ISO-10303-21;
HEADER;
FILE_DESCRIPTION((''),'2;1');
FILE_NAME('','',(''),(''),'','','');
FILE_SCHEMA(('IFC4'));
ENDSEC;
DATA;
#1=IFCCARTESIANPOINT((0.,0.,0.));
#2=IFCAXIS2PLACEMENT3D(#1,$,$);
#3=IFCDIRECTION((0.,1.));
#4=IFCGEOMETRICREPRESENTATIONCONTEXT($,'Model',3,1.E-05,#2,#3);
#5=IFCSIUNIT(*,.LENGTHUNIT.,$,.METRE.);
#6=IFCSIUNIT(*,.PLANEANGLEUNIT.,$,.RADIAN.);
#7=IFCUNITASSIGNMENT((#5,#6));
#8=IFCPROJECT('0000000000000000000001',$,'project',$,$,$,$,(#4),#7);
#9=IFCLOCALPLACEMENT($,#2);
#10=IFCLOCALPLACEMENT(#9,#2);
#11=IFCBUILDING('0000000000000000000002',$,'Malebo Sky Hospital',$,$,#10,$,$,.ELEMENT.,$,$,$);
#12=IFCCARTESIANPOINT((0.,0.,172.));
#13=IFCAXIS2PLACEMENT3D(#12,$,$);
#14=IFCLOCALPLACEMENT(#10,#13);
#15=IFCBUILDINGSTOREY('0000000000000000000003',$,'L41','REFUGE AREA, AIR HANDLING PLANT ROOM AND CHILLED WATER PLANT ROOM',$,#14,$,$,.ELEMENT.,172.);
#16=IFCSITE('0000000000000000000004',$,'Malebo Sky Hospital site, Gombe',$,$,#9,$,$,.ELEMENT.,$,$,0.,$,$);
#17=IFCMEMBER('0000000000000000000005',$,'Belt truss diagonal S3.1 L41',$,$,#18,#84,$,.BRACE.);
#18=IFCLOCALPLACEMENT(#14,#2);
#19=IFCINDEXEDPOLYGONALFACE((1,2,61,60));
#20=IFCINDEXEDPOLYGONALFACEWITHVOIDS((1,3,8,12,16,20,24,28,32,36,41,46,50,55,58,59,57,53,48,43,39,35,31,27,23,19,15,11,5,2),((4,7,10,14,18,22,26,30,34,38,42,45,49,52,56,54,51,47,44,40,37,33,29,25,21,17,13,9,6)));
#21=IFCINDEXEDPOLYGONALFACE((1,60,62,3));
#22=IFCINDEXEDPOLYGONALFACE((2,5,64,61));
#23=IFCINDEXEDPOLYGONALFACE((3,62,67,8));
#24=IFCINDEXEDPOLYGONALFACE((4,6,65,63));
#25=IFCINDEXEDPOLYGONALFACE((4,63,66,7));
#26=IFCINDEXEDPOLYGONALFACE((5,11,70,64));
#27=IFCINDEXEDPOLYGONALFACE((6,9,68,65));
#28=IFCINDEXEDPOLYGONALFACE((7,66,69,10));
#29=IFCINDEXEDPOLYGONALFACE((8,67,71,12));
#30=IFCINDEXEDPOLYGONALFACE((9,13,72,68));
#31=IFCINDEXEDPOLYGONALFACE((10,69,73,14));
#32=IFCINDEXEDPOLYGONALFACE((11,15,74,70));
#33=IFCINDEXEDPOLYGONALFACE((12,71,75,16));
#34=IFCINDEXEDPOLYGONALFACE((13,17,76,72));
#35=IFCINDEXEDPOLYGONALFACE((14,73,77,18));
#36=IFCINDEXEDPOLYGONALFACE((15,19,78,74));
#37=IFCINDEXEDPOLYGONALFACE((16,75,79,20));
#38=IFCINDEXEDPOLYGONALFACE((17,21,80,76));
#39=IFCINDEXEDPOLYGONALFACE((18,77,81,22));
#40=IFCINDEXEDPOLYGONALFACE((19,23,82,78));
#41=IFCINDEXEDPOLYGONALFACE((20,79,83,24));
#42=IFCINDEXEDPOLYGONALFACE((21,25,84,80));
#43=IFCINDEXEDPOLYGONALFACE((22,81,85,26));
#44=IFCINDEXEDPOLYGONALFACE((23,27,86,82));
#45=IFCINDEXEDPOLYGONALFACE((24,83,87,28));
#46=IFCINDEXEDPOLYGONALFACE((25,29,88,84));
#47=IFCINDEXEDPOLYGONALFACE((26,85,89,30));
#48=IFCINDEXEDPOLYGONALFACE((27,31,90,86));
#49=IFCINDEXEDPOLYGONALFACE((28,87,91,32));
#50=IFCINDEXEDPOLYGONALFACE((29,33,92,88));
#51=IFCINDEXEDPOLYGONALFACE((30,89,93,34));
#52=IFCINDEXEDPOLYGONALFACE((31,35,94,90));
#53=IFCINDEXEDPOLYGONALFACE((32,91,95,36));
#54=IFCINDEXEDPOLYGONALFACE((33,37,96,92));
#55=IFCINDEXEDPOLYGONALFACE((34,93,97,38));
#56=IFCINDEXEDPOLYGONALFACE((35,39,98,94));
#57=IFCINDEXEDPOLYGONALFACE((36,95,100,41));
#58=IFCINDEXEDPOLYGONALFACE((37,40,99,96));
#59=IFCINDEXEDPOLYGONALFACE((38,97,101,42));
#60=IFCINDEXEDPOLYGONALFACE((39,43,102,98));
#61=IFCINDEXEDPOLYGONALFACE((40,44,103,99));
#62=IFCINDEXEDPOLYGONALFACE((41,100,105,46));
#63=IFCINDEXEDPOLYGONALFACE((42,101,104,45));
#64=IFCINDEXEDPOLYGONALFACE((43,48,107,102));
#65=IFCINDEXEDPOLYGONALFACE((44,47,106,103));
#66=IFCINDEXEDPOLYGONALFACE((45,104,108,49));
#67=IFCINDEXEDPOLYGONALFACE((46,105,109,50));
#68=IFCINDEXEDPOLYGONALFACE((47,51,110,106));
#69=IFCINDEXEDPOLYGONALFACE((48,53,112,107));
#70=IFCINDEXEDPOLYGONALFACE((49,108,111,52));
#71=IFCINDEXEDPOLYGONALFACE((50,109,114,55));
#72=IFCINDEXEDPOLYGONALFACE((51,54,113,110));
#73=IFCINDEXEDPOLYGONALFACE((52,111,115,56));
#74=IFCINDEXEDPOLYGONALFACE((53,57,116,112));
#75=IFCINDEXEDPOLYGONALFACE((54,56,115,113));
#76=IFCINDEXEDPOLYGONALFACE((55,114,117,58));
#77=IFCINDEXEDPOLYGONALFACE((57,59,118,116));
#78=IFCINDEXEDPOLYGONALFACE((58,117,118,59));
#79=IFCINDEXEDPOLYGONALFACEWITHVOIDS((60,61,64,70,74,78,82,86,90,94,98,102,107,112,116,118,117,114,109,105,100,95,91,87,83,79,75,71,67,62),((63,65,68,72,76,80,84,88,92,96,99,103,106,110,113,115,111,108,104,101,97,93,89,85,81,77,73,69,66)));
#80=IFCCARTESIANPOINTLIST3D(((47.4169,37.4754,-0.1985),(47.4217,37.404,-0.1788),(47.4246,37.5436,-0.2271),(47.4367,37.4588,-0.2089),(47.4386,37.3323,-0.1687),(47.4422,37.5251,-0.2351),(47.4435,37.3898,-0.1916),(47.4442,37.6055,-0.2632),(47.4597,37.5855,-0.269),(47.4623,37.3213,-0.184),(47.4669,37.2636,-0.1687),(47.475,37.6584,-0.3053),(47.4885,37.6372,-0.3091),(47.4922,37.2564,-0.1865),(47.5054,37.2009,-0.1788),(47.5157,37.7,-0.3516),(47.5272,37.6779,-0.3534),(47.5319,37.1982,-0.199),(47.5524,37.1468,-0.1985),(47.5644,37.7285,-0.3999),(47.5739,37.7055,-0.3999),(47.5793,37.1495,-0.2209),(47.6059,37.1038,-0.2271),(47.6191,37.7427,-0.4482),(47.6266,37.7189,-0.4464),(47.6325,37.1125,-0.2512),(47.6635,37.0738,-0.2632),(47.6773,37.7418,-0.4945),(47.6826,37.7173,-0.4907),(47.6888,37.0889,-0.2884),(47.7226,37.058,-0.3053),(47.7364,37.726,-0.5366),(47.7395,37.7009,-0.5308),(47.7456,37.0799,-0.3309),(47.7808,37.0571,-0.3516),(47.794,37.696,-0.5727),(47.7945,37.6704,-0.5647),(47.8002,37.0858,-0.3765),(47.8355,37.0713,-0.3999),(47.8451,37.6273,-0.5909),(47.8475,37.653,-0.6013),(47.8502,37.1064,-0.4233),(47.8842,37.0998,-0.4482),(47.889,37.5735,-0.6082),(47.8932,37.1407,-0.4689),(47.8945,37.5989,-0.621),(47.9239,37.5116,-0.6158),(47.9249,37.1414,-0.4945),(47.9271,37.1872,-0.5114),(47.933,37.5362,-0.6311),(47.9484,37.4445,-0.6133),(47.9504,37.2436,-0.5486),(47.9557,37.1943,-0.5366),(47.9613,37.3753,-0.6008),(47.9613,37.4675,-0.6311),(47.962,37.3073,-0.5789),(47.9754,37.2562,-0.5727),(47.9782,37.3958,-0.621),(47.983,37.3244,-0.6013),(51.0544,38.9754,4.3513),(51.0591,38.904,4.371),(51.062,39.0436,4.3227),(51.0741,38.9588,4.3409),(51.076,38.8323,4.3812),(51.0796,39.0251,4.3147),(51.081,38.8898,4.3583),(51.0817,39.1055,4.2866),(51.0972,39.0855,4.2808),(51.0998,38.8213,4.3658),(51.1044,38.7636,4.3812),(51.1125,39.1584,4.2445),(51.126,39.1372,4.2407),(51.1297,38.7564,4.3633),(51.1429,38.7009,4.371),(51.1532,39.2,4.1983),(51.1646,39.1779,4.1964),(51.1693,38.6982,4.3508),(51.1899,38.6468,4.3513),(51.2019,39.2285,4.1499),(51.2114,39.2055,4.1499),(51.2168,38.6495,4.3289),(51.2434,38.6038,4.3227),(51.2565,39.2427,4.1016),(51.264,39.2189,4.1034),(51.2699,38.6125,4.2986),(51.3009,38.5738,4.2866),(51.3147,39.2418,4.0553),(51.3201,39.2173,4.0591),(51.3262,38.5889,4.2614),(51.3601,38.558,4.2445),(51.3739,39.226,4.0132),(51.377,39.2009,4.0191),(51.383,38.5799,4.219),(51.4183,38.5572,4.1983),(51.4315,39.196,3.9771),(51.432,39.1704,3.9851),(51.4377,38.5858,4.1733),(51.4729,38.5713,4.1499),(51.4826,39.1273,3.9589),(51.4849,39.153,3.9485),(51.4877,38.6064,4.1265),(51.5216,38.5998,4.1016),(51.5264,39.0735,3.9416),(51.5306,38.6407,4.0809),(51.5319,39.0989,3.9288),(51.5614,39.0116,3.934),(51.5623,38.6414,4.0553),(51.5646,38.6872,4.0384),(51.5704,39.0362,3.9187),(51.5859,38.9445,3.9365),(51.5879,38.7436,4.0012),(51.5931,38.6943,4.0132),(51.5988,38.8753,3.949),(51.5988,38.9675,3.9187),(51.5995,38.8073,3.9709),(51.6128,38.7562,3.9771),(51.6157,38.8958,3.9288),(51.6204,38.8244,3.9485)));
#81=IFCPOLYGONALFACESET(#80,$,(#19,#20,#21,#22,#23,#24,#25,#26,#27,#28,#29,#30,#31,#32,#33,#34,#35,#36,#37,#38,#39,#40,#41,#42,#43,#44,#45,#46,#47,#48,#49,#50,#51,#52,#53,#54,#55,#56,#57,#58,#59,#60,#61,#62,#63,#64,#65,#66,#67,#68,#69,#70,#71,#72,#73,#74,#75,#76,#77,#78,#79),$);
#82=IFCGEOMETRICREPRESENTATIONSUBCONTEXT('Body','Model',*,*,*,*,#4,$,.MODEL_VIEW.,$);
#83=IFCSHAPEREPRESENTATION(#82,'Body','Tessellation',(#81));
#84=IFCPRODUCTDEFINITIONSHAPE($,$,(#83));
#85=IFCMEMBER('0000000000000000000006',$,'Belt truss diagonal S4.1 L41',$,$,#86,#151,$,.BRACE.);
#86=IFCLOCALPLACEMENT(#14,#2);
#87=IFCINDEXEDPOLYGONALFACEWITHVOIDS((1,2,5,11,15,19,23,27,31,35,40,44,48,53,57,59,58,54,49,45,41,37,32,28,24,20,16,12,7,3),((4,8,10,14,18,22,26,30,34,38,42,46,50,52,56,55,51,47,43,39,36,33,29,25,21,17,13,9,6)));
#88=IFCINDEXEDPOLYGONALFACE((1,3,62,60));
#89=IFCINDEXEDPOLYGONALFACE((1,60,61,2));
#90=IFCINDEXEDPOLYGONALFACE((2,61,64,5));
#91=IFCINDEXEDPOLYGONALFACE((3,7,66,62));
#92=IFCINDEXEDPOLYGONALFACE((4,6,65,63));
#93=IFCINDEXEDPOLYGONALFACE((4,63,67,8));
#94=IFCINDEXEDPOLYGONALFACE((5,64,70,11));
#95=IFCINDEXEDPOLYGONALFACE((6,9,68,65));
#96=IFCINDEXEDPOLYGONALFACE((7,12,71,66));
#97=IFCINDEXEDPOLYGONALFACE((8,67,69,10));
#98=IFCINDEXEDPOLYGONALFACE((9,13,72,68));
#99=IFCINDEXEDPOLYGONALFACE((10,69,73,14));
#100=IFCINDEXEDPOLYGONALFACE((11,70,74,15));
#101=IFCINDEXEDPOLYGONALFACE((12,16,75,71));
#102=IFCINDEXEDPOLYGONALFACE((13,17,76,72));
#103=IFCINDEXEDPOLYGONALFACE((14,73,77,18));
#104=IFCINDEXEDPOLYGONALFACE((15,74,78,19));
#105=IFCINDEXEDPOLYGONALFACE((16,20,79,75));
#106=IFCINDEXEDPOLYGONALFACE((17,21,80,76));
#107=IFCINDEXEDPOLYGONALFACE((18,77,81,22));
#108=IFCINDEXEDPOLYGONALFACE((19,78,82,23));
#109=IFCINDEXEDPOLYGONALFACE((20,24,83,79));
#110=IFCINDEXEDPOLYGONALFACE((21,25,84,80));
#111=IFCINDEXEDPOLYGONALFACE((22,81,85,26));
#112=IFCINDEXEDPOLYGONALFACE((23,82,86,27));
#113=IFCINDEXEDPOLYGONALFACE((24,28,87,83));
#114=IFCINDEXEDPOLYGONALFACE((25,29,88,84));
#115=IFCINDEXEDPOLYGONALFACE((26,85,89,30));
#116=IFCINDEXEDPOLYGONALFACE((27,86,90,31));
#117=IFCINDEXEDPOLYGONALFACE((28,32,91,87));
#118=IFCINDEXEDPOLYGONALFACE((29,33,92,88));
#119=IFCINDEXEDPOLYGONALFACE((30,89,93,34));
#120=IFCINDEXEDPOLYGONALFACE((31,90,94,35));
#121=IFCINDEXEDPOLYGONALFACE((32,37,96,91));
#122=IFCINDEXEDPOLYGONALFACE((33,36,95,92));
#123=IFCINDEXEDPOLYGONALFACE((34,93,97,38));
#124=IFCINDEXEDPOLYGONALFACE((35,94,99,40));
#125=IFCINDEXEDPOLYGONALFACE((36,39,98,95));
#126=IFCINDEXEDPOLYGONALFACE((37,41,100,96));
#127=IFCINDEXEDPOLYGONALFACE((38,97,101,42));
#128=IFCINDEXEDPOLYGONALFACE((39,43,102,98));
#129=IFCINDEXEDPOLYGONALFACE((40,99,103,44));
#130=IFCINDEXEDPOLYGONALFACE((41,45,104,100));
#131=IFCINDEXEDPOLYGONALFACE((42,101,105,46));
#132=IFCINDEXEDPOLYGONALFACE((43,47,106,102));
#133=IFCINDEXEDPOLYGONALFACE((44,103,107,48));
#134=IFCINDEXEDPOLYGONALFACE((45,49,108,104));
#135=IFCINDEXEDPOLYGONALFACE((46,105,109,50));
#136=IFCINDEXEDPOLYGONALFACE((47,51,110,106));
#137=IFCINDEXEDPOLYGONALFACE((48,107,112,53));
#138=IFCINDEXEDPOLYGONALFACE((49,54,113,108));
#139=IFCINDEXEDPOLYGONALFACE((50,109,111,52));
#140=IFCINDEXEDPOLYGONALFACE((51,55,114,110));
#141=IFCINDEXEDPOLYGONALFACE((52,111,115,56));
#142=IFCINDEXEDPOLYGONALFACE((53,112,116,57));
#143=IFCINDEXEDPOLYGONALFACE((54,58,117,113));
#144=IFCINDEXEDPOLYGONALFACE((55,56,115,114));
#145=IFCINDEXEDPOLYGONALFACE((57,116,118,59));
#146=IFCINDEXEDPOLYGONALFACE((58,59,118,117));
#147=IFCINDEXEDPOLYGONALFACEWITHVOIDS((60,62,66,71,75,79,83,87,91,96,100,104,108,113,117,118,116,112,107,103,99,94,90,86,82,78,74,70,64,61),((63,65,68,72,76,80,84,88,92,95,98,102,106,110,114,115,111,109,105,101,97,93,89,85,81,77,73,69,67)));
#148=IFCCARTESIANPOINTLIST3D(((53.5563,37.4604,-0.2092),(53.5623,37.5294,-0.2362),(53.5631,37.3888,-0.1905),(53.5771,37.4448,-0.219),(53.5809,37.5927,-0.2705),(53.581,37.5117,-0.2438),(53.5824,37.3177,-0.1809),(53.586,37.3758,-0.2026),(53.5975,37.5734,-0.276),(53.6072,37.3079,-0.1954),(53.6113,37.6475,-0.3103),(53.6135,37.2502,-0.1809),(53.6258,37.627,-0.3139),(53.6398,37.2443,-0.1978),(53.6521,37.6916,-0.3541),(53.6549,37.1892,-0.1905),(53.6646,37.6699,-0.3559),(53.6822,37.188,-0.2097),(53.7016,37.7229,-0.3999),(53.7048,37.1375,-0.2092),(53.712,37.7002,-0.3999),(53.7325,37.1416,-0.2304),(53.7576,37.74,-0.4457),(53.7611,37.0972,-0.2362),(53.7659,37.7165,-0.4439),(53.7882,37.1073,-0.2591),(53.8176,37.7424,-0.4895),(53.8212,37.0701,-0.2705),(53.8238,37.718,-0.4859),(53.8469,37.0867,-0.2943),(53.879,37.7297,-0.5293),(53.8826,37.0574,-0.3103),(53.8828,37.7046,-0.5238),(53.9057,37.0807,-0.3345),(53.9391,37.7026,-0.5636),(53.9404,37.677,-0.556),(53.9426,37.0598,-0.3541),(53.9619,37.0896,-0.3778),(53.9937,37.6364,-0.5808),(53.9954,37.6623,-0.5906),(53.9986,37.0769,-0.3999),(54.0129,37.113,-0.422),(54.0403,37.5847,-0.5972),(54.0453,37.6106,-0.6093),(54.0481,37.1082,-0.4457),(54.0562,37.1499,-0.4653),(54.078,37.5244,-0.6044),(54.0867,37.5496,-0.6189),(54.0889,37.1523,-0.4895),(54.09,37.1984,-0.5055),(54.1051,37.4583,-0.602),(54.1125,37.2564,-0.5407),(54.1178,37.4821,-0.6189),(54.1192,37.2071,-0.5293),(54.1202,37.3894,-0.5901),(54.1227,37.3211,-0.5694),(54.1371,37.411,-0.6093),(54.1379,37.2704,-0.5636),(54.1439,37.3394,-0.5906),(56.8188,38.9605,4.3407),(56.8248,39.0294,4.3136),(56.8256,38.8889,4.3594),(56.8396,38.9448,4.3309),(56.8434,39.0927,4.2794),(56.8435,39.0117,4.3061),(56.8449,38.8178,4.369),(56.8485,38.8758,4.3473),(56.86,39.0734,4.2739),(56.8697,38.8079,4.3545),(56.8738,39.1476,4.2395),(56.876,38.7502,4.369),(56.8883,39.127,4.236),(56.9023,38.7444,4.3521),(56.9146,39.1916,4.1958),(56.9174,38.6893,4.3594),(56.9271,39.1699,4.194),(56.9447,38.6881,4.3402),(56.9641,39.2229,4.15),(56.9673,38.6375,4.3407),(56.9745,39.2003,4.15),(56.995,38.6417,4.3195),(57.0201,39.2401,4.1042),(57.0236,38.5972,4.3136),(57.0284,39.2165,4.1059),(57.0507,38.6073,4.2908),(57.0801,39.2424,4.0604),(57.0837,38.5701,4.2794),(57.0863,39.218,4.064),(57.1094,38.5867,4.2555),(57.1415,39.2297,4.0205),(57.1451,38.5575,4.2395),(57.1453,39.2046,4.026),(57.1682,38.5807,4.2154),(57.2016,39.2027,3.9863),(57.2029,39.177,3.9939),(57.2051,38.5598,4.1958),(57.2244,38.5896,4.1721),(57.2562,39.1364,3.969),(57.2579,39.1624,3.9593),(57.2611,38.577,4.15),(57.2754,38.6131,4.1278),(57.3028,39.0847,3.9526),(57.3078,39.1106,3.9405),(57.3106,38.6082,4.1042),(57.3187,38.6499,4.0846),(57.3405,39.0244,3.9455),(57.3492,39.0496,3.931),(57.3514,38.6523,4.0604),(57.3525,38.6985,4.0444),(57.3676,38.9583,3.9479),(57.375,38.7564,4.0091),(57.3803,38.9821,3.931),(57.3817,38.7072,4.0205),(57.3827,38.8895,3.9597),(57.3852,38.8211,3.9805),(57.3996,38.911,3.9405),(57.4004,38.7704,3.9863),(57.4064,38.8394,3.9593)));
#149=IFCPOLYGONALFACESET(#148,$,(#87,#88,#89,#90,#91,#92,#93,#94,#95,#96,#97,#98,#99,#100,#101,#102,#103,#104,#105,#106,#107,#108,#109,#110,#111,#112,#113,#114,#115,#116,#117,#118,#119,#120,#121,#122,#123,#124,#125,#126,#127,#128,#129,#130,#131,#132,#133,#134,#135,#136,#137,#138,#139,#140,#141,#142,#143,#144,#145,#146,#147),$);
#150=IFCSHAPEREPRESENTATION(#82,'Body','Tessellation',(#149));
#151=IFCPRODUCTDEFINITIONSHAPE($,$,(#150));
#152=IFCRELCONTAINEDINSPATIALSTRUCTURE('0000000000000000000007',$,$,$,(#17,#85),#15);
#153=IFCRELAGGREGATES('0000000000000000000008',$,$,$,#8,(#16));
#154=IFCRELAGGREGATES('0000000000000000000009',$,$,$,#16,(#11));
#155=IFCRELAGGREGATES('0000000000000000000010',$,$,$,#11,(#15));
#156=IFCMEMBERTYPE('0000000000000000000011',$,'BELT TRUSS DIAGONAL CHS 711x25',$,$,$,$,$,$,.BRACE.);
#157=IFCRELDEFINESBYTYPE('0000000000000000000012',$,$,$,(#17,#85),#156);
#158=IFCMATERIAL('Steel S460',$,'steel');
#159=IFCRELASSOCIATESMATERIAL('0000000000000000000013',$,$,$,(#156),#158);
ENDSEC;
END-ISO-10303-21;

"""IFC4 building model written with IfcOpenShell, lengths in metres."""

from ifc_helpers import new_model, si_unit, direction, frame, origin, origin_2d, place, context, subcontext, project, spatial, hollow_circle, extrude, material, material_profile, profile_set, type_object, element, save


model = new_model("IFC4")

# Units and contexts
model_context = context("Model", 3, precision=1e-05, world=origin(), true_north=direction((0.0, 1.0)))
body_context = subcontext(model_context, "Body", "Model", "MODEL_VIEW")
ifc_project = project(units=[si_unit("LENGTHUNIT", "METRE"), si_unit("PLANEANGLEUNIT", "RADIAN")], contexts=[model_context])

# Site, building, storey
site_placement = place(None, origin())
site = spatial("IfcSite", under=ifc_project, at=site_placement, Name="Malebo Sky Hospital site, Gombe", CompositionType="ELEMENT", RefElevation=0.0)
building_placement = place(site_placement, origin())
building = spatial("IfcBuilding", under=site, at=building_placement, Name="Malebo Sky Hospital", CompositionType="ELEMENT")
storey_placement = place(building_placement, frame((0.0, 0.0, 172.0)))
storey = spatial("IfcBuildingStorey", under=building, at=storey_placement, Name="L41", Description="REFUGE AREA, AIR HANDLING PLANT ROOM AND CHILLED WATER PLANT ROOM", CompositionType="ELEMENT", Elevation=172.0)

# Shared definitions
ifc_material_1 = material(Name="Steel S460", Category="steel")

# Members
ifc_material_profile_1 = material_profile(ifc_material_1, hollow_circle(Radius=0.3555, WallThickness=0.0249, at=origin_2d()), Name="CHS 711x25")
ifc_profile_set_1 = profile_set([ifc_material_profile_1], Name="Steel S460")
member_type_1 = type_object("IfcMemberType", Name="BELT TRUSS DIAGONAL CHS 711x25", PredefinedType="BRACE", material=ifc_profile_set_1)
member_1_placement = place(storey_placement, frame((47.7, 37.3999, -0.3999), z_axis=(0.604717, 0.249371, 0.756394), x_axis=(-0.381233, 0.924479, 0.0)))
element("IfcMember", 1, at=member_1_placement, inside=storey, type_object=member_type_1, Name="Belt truss diagonal S3.1 L41", PredefinedType="BRACE", context=body_context, shape_type="SweptSolid", body=[
    extrude(hollow_circle(Radius=0.3555, WallThickness=0.0249, at=origin_2d()), origin(), (0.0, 0.0, 1.0), 6.0151),
])
member_2_placement = place(storey_placement, frame((53.8501, 37.3999, -0.3999), z_axis=(0.562874, 0.258796, 0.784982), x_axis=(-0.417738, 0.908567, 0.0)))
element("IfcMember", 2, at=member_2_placement, inside=storey, type_object=member_type_1, Name="Belt truss diagonal S4.1 L41", PredefinedType="BRACE", context=body_context, shape_type="SweptSolid", body=[
    extrude(hollow_circle(Radius=0.3555, WallThickness=0.0249, at=origin_2d()), origin(), (0.0, 0.0, 1.0), 5.7961),
])

save(model, "model.ifc")
